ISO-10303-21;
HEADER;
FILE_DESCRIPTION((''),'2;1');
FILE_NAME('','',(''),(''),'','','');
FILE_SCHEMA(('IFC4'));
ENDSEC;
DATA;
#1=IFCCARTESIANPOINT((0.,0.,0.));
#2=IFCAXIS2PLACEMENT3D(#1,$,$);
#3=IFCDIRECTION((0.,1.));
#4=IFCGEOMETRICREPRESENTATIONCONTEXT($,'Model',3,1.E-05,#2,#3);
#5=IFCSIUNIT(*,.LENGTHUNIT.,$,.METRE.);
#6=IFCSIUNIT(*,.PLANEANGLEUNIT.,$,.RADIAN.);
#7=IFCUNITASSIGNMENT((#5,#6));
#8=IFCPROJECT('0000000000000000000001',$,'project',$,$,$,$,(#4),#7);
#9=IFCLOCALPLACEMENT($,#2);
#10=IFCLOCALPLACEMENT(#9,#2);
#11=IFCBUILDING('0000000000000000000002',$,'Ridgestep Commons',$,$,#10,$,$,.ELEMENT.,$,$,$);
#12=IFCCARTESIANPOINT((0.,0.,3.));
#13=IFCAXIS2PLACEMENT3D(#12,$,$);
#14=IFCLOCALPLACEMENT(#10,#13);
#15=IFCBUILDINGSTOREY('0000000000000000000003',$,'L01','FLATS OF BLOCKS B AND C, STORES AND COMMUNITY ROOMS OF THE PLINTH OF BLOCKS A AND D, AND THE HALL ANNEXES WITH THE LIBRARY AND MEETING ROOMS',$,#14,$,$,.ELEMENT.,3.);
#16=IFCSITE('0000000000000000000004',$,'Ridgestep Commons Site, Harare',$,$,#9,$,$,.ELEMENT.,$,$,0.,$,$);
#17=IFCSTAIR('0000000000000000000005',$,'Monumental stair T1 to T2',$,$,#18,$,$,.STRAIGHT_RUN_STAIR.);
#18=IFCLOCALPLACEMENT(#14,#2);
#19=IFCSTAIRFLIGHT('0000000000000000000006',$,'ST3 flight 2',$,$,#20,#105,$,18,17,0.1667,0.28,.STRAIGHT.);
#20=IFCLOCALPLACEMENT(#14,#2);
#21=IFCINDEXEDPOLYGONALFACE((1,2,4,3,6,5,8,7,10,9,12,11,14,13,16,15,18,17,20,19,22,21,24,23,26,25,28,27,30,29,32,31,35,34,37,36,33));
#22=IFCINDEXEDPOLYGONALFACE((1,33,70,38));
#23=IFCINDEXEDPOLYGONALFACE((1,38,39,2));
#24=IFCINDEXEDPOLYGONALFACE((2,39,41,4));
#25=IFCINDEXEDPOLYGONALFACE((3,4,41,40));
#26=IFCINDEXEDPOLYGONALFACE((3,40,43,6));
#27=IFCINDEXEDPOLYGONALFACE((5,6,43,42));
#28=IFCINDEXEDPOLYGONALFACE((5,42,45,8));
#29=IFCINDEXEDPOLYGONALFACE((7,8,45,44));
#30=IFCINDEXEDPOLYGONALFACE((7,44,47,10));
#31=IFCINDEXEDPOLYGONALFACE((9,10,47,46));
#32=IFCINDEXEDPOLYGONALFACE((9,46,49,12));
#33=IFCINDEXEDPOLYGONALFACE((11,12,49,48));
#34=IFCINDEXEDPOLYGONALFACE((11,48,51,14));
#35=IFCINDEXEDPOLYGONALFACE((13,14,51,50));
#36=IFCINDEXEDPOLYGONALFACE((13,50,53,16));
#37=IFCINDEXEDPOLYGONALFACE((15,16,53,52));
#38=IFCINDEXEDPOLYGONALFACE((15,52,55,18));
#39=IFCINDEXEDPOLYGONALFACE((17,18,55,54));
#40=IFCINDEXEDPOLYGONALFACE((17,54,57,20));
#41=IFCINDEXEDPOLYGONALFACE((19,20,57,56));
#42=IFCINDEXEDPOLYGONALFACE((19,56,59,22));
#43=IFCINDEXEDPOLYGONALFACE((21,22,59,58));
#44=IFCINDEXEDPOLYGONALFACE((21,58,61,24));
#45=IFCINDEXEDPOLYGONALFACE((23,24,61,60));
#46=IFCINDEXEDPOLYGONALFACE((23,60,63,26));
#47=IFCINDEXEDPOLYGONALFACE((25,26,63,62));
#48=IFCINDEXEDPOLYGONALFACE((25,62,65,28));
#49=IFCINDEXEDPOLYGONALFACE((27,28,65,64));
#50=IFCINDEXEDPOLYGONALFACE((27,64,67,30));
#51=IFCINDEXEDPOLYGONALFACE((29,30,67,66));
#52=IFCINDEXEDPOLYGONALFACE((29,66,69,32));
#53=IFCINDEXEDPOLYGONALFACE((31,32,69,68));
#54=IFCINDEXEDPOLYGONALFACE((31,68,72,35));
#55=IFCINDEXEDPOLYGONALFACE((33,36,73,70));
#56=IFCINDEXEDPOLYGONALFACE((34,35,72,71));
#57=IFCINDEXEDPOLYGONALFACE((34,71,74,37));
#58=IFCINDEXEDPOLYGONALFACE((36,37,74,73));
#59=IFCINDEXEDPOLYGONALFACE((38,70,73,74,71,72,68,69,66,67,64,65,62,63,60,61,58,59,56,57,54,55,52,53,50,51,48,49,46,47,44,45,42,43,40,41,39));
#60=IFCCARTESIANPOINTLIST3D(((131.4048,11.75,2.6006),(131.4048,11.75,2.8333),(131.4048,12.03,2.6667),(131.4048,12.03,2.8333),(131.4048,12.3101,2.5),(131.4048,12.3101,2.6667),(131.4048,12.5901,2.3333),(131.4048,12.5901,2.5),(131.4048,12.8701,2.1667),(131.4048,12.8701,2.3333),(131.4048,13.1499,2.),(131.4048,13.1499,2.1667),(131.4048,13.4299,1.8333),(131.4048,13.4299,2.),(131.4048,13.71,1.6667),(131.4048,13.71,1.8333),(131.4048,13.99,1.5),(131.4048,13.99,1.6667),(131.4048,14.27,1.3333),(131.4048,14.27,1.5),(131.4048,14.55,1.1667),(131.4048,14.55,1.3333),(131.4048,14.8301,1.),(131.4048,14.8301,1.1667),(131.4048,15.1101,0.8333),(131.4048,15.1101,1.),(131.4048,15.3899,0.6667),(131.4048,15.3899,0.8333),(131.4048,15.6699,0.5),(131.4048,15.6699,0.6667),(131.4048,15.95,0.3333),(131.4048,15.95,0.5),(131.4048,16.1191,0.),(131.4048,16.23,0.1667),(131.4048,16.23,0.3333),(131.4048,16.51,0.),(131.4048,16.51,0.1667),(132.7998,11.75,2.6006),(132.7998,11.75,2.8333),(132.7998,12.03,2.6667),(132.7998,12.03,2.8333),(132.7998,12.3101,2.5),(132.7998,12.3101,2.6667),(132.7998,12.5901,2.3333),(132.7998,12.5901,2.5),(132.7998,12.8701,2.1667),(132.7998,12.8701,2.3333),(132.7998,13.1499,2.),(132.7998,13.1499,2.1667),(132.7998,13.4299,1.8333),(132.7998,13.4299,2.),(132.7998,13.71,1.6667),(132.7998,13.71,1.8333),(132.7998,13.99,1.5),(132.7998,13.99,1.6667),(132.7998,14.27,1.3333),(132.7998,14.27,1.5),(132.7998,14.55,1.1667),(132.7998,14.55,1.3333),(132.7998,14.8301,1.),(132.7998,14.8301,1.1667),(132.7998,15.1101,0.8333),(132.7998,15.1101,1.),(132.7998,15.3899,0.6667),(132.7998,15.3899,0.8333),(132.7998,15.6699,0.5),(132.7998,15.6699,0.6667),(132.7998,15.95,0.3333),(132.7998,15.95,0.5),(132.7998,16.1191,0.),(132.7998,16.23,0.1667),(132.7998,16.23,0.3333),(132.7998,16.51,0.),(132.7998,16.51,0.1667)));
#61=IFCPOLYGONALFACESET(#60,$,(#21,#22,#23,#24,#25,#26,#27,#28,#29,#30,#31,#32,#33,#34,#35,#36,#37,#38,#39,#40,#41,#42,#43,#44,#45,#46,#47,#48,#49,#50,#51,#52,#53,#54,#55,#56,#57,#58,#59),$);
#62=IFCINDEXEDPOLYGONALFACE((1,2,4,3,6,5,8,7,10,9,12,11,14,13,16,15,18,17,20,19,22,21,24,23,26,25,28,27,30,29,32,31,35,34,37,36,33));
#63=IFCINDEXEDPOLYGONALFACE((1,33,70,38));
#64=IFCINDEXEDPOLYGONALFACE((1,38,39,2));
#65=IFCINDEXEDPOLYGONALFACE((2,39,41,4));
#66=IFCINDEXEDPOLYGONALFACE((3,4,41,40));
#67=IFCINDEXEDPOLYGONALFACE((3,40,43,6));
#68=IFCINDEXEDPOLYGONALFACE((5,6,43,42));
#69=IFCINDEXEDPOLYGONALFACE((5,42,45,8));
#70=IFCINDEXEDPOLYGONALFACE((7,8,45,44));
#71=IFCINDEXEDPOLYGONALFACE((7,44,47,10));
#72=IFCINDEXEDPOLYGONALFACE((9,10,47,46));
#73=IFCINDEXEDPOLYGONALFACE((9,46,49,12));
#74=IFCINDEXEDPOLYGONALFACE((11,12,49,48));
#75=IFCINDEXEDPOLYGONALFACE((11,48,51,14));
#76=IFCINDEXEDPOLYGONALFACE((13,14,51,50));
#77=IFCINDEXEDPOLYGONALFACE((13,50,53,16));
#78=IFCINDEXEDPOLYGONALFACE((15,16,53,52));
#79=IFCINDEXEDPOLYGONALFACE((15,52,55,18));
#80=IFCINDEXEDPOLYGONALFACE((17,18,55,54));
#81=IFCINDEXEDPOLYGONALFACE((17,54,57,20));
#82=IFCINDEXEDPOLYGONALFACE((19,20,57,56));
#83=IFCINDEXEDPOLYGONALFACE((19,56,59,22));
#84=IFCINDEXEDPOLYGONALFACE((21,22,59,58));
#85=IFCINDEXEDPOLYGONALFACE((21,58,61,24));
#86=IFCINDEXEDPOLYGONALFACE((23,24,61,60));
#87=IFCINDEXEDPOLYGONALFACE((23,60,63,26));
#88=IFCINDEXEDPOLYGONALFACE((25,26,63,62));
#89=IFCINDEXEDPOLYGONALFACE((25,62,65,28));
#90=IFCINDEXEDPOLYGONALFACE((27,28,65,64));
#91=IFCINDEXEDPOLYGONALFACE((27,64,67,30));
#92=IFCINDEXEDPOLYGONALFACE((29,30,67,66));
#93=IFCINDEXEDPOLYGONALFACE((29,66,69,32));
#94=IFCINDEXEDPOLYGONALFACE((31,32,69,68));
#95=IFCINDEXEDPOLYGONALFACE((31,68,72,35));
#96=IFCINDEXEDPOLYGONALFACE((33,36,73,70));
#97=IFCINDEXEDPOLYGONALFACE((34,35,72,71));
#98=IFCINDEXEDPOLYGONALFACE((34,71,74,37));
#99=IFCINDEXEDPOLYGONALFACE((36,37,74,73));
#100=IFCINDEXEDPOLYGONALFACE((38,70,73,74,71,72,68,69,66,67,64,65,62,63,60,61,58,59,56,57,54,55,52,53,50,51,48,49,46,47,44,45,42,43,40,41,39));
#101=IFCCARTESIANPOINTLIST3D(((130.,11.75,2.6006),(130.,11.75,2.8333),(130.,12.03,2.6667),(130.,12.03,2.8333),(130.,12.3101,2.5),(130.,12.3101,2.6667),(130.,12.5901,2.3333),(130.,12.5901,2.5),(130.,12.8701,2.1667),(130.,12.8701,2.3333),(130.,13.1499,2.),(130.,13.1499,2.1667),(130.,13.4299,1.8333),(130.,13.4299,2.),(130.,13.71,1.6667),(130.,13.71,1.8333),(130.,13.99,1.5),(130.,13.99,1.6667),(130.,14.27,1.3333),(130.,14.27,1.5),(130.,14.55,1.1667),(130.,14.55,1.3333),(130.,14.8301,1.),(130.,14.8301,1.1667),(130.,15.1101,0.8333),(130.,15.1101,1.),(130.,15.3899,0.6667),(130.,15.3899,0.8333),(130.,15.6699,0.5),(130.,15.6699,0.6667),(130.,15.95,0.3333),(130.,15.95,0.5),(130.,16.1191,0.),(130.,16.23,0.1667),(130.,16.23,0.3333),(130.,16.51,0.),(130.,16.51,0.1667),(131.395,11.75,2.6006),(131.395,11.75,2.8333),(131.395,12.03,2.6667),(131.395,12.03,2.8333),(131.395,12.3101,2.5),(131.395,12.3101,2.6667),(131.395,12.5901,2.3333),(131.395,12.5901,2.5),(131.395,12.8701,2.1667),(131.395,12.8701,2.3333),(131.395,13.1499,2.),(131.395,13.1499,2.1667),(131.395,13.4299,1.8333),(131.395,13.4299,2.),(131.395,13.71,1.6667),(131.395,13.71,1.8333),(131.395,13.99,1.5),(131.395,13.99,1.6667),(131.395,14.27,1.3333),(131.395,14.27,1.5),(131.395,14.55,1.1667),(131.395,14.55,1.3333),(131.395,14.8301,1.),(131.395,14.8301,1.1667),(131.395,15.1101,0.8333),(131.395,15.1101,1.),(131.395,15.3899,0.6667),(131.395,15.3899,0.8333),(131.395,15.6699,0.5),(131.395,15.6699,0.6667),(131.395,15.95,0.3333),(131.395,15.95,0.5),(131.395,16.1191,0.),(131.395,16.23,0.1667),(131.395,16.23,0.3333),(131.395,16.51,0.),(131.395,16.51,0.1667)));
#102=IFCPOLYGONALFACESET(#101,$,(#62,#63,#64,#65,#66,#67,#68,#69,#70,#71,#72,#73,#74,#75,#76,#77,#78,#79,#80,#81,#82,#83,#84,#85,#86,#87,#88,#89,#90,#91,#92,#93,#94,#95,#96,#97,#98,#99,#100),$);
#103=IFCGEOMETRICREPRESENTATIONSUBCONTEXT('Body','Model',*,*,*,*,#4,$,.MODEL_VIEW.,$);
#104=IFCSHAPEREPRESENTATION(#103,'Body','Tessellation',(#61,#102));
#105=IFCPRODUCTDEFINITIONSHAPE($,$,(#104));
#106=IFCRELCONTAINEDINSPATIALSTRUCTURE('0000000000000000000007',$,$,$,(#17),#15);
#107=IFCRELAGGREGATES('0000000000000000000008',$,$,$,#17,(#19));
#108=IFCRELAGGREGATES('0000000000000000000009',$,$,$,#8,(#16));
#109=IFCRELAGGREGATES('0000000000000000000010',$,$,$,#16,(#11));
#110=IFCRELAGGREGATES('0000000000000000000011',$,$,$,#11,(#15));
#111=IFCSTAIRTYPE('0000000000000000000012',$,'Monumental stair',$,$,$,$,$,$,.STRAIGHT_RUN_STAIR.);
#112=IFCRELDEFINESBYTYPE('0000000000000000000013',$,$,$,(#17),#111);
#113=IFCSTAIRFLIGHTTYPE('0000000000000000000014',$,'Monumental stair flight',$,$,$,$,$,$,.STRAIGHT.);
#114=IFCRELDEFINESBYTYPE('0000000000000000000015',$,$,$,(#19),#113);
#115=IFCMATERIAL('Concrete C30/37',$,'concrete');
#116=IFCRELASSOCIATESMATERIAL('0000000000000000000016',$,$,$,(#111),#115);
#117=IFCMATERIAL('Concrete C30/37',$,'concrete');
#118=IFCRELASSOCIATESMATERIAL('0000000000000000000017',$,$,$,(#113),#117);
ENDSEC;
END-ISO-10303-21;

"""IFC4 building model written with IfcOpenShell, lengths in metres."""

from ifc_helpers import new_model, si_unit, direction, frame, origin, place, context, subcontext, project, spatial, polyline, outline, extrude, material, type_object, element, aggregate, save


model = new_model("IFC4")

# Units and contexts
model_context = context("Model", 3, precision=1e-05, world=origin(), true_north=direction((0.0, 1.0)))
body_context = subcontext(model_context, "Body", "Model", "MODEL_VIEW")
ifc_project = project(units=[si_unit("LENGTHUNIT", "METRE"), si_unit("PLANEANGLEUNIT", "RADIAN")], contexts=[model_context])

# Site, building, storey
site_placement = place(None, origin())
site = spatial("IfcSite", under=ifc_project, at=site_placement, Name="Ridgestep Commons Site, Harare", CompositionType="ELEMENT", RefElevation=0.0)
building_placement = place(site_placement, origin())
building = spatial("IfcBuilding", under=site, at=building_placement, Name="Ridgestep Commons", CompositionType="ELEMENT")
storey_placement = place(building_placement, frame((0.0, 0.0, 3.0)))
storey = spatial("IfcBuildingStorey", under=building, at=storey_placement, Name="L01", Description="FLATS OF BLOCKS B AND C, STORES AND COMMUNITY ROOMS OF THE PLINTH OF BLOCKS A AND D, AND THE HALL ANNEXES WITH THE LIBRARY AND MEETING ROOMS", CompositionType="ELEMENT", Elevation=3.0)

# Stair, stair flight
ifc_material_1 = material(Name="Concrete C30/37", Category="concrete")
stair_type = type_object("IfcStairType", Name="Monumental stair", PredefinedType="STRAIGHT_RUN_STAIR", material=ifc_material_1)
stair_placement = place(storey_placement, origin())
stair = element("IfcStair", 1, at=stair_placement, inside=storey, type_object=stair_type, Name="Monumental stair T1 to T2", PredefinedType="STRAIGHT_RUN_STAIR")
ifc_material_2 = material(Name="Concrete C30/37", Category="concrete")
stair_flight_type = type_object("IfcStairFlightType", Name="Monumental stair flight", PredefinedType="STRAIGHT", material=ifc_material_2)
stair_flight_1_placement = place(storey_placement, frame((131.3999, 16.51, 0.0), z_axis=(0.0, 0.0, 1.0), x_axis=(0.0, -1.0, 0.0)))
stair_flight_1 = element("IfcStairFlight", 2, at=stair_flight_1_placement, type_object=stair_flight_type, Name="ST3 flight 2", NumberOfRisers=18, NumberOfTreads=17, PredefinedType="STRAIGHT", RiserHeight=0.1667, TreadLength=0.28, context=body_context, shape_type="SweptSolid", body=[
    extrude(outline(polyline([(0.0, 0.0), (0.0, 0.1667), (0.28, 0.1667), (0.28, 0.3333), (0.5601, 0.3333), (0.5601, 0.5), (0.8401, 0.5), (0.8401, 0.6667), (1.1201, 0.6667), (1.1201, 0.8333), (1.3999, 0.8333), (1.3999, 1.0), (1.6799, 1.0), (1.6799, 1.1667), (1.96, 1.1667), (1.96, 1.3333), (2.24, 1.3333), (2.24, 1.5), (2.52, 1.5), (2.52, 1.6667), (2.8, 1.6667), (2.8, 1.8333), (3.0801, 1.8333), (3.0801, 2.0), (3.3601, 2.0), (3.3601, 2.1667), (3.6399, 2.1667), (3.6399, 2.3333), (3.9199, 2.3333), (3.9199, 2.5), (4.2, 2.5), (4.2, 2.6667), (4.48, 2.6667), (4.48, 2.8333), (4.76, 2.8333), (4.76, 3.0), (4.76, 2.6006), (0.3909, 0.0), (0.0, 0.0)])), frame((0.0, 1.3999, 0.0), z_axis=(0.0, -1.0, 0.0), x_axis=(1.0, 0.0, 0.0)), (0.0, 0.0, 1.0), 1.395),
    extrude(outline(polyline([(0.0, 0.0), (0.0, 0.1667), (0.28, 0.1667), (0.28, 0.3333), (0.5601, 0.3333), (0.5601, 0.5), (0.8401, 0.5), (0.8401, 0.6667), (1.1201, 0.6667), (1.1201, 0.8333), (1.3999, 0.8333), (1.3999, 1.0), (1.6799, 1.0), (1.6799, 1.1667), (1.96, 1.1667), (1.96, 1.3333), (2.24, 1.3333), (2.24, 1.5), (2.52, 1.5), (2.52, 1.6667), (2.8, 1.6667), (2.8, 1.8333), (3.0801, 1.8333), (3.0801, 2.0), (3.3601, 2.0), (3.3601, 2.1667), (3.6399, 2.1667), (3.6399, 2.3333), (3.9199, 2.3333), (3.9199, 2.5), (4.2, 2.5), (4.2, 2.6667), (4.48, 2.6667), (4.48, 2.8333), (4.76, 2.8333), (4.76, 3.0), (4.76, 2.6006), (0.3909, 0.0), (0.0, 0.0)])), frame((0.0, -0.0049, 0.0), z_axis=(0.0, -1.0, 0.0), x_axis=(1.0, 0.0, 0.0)), (0.0, 0.0, 1.0), 1.395),
])
aggregate(stair, [stair_flight_1])

save(model, "model.ifc")
